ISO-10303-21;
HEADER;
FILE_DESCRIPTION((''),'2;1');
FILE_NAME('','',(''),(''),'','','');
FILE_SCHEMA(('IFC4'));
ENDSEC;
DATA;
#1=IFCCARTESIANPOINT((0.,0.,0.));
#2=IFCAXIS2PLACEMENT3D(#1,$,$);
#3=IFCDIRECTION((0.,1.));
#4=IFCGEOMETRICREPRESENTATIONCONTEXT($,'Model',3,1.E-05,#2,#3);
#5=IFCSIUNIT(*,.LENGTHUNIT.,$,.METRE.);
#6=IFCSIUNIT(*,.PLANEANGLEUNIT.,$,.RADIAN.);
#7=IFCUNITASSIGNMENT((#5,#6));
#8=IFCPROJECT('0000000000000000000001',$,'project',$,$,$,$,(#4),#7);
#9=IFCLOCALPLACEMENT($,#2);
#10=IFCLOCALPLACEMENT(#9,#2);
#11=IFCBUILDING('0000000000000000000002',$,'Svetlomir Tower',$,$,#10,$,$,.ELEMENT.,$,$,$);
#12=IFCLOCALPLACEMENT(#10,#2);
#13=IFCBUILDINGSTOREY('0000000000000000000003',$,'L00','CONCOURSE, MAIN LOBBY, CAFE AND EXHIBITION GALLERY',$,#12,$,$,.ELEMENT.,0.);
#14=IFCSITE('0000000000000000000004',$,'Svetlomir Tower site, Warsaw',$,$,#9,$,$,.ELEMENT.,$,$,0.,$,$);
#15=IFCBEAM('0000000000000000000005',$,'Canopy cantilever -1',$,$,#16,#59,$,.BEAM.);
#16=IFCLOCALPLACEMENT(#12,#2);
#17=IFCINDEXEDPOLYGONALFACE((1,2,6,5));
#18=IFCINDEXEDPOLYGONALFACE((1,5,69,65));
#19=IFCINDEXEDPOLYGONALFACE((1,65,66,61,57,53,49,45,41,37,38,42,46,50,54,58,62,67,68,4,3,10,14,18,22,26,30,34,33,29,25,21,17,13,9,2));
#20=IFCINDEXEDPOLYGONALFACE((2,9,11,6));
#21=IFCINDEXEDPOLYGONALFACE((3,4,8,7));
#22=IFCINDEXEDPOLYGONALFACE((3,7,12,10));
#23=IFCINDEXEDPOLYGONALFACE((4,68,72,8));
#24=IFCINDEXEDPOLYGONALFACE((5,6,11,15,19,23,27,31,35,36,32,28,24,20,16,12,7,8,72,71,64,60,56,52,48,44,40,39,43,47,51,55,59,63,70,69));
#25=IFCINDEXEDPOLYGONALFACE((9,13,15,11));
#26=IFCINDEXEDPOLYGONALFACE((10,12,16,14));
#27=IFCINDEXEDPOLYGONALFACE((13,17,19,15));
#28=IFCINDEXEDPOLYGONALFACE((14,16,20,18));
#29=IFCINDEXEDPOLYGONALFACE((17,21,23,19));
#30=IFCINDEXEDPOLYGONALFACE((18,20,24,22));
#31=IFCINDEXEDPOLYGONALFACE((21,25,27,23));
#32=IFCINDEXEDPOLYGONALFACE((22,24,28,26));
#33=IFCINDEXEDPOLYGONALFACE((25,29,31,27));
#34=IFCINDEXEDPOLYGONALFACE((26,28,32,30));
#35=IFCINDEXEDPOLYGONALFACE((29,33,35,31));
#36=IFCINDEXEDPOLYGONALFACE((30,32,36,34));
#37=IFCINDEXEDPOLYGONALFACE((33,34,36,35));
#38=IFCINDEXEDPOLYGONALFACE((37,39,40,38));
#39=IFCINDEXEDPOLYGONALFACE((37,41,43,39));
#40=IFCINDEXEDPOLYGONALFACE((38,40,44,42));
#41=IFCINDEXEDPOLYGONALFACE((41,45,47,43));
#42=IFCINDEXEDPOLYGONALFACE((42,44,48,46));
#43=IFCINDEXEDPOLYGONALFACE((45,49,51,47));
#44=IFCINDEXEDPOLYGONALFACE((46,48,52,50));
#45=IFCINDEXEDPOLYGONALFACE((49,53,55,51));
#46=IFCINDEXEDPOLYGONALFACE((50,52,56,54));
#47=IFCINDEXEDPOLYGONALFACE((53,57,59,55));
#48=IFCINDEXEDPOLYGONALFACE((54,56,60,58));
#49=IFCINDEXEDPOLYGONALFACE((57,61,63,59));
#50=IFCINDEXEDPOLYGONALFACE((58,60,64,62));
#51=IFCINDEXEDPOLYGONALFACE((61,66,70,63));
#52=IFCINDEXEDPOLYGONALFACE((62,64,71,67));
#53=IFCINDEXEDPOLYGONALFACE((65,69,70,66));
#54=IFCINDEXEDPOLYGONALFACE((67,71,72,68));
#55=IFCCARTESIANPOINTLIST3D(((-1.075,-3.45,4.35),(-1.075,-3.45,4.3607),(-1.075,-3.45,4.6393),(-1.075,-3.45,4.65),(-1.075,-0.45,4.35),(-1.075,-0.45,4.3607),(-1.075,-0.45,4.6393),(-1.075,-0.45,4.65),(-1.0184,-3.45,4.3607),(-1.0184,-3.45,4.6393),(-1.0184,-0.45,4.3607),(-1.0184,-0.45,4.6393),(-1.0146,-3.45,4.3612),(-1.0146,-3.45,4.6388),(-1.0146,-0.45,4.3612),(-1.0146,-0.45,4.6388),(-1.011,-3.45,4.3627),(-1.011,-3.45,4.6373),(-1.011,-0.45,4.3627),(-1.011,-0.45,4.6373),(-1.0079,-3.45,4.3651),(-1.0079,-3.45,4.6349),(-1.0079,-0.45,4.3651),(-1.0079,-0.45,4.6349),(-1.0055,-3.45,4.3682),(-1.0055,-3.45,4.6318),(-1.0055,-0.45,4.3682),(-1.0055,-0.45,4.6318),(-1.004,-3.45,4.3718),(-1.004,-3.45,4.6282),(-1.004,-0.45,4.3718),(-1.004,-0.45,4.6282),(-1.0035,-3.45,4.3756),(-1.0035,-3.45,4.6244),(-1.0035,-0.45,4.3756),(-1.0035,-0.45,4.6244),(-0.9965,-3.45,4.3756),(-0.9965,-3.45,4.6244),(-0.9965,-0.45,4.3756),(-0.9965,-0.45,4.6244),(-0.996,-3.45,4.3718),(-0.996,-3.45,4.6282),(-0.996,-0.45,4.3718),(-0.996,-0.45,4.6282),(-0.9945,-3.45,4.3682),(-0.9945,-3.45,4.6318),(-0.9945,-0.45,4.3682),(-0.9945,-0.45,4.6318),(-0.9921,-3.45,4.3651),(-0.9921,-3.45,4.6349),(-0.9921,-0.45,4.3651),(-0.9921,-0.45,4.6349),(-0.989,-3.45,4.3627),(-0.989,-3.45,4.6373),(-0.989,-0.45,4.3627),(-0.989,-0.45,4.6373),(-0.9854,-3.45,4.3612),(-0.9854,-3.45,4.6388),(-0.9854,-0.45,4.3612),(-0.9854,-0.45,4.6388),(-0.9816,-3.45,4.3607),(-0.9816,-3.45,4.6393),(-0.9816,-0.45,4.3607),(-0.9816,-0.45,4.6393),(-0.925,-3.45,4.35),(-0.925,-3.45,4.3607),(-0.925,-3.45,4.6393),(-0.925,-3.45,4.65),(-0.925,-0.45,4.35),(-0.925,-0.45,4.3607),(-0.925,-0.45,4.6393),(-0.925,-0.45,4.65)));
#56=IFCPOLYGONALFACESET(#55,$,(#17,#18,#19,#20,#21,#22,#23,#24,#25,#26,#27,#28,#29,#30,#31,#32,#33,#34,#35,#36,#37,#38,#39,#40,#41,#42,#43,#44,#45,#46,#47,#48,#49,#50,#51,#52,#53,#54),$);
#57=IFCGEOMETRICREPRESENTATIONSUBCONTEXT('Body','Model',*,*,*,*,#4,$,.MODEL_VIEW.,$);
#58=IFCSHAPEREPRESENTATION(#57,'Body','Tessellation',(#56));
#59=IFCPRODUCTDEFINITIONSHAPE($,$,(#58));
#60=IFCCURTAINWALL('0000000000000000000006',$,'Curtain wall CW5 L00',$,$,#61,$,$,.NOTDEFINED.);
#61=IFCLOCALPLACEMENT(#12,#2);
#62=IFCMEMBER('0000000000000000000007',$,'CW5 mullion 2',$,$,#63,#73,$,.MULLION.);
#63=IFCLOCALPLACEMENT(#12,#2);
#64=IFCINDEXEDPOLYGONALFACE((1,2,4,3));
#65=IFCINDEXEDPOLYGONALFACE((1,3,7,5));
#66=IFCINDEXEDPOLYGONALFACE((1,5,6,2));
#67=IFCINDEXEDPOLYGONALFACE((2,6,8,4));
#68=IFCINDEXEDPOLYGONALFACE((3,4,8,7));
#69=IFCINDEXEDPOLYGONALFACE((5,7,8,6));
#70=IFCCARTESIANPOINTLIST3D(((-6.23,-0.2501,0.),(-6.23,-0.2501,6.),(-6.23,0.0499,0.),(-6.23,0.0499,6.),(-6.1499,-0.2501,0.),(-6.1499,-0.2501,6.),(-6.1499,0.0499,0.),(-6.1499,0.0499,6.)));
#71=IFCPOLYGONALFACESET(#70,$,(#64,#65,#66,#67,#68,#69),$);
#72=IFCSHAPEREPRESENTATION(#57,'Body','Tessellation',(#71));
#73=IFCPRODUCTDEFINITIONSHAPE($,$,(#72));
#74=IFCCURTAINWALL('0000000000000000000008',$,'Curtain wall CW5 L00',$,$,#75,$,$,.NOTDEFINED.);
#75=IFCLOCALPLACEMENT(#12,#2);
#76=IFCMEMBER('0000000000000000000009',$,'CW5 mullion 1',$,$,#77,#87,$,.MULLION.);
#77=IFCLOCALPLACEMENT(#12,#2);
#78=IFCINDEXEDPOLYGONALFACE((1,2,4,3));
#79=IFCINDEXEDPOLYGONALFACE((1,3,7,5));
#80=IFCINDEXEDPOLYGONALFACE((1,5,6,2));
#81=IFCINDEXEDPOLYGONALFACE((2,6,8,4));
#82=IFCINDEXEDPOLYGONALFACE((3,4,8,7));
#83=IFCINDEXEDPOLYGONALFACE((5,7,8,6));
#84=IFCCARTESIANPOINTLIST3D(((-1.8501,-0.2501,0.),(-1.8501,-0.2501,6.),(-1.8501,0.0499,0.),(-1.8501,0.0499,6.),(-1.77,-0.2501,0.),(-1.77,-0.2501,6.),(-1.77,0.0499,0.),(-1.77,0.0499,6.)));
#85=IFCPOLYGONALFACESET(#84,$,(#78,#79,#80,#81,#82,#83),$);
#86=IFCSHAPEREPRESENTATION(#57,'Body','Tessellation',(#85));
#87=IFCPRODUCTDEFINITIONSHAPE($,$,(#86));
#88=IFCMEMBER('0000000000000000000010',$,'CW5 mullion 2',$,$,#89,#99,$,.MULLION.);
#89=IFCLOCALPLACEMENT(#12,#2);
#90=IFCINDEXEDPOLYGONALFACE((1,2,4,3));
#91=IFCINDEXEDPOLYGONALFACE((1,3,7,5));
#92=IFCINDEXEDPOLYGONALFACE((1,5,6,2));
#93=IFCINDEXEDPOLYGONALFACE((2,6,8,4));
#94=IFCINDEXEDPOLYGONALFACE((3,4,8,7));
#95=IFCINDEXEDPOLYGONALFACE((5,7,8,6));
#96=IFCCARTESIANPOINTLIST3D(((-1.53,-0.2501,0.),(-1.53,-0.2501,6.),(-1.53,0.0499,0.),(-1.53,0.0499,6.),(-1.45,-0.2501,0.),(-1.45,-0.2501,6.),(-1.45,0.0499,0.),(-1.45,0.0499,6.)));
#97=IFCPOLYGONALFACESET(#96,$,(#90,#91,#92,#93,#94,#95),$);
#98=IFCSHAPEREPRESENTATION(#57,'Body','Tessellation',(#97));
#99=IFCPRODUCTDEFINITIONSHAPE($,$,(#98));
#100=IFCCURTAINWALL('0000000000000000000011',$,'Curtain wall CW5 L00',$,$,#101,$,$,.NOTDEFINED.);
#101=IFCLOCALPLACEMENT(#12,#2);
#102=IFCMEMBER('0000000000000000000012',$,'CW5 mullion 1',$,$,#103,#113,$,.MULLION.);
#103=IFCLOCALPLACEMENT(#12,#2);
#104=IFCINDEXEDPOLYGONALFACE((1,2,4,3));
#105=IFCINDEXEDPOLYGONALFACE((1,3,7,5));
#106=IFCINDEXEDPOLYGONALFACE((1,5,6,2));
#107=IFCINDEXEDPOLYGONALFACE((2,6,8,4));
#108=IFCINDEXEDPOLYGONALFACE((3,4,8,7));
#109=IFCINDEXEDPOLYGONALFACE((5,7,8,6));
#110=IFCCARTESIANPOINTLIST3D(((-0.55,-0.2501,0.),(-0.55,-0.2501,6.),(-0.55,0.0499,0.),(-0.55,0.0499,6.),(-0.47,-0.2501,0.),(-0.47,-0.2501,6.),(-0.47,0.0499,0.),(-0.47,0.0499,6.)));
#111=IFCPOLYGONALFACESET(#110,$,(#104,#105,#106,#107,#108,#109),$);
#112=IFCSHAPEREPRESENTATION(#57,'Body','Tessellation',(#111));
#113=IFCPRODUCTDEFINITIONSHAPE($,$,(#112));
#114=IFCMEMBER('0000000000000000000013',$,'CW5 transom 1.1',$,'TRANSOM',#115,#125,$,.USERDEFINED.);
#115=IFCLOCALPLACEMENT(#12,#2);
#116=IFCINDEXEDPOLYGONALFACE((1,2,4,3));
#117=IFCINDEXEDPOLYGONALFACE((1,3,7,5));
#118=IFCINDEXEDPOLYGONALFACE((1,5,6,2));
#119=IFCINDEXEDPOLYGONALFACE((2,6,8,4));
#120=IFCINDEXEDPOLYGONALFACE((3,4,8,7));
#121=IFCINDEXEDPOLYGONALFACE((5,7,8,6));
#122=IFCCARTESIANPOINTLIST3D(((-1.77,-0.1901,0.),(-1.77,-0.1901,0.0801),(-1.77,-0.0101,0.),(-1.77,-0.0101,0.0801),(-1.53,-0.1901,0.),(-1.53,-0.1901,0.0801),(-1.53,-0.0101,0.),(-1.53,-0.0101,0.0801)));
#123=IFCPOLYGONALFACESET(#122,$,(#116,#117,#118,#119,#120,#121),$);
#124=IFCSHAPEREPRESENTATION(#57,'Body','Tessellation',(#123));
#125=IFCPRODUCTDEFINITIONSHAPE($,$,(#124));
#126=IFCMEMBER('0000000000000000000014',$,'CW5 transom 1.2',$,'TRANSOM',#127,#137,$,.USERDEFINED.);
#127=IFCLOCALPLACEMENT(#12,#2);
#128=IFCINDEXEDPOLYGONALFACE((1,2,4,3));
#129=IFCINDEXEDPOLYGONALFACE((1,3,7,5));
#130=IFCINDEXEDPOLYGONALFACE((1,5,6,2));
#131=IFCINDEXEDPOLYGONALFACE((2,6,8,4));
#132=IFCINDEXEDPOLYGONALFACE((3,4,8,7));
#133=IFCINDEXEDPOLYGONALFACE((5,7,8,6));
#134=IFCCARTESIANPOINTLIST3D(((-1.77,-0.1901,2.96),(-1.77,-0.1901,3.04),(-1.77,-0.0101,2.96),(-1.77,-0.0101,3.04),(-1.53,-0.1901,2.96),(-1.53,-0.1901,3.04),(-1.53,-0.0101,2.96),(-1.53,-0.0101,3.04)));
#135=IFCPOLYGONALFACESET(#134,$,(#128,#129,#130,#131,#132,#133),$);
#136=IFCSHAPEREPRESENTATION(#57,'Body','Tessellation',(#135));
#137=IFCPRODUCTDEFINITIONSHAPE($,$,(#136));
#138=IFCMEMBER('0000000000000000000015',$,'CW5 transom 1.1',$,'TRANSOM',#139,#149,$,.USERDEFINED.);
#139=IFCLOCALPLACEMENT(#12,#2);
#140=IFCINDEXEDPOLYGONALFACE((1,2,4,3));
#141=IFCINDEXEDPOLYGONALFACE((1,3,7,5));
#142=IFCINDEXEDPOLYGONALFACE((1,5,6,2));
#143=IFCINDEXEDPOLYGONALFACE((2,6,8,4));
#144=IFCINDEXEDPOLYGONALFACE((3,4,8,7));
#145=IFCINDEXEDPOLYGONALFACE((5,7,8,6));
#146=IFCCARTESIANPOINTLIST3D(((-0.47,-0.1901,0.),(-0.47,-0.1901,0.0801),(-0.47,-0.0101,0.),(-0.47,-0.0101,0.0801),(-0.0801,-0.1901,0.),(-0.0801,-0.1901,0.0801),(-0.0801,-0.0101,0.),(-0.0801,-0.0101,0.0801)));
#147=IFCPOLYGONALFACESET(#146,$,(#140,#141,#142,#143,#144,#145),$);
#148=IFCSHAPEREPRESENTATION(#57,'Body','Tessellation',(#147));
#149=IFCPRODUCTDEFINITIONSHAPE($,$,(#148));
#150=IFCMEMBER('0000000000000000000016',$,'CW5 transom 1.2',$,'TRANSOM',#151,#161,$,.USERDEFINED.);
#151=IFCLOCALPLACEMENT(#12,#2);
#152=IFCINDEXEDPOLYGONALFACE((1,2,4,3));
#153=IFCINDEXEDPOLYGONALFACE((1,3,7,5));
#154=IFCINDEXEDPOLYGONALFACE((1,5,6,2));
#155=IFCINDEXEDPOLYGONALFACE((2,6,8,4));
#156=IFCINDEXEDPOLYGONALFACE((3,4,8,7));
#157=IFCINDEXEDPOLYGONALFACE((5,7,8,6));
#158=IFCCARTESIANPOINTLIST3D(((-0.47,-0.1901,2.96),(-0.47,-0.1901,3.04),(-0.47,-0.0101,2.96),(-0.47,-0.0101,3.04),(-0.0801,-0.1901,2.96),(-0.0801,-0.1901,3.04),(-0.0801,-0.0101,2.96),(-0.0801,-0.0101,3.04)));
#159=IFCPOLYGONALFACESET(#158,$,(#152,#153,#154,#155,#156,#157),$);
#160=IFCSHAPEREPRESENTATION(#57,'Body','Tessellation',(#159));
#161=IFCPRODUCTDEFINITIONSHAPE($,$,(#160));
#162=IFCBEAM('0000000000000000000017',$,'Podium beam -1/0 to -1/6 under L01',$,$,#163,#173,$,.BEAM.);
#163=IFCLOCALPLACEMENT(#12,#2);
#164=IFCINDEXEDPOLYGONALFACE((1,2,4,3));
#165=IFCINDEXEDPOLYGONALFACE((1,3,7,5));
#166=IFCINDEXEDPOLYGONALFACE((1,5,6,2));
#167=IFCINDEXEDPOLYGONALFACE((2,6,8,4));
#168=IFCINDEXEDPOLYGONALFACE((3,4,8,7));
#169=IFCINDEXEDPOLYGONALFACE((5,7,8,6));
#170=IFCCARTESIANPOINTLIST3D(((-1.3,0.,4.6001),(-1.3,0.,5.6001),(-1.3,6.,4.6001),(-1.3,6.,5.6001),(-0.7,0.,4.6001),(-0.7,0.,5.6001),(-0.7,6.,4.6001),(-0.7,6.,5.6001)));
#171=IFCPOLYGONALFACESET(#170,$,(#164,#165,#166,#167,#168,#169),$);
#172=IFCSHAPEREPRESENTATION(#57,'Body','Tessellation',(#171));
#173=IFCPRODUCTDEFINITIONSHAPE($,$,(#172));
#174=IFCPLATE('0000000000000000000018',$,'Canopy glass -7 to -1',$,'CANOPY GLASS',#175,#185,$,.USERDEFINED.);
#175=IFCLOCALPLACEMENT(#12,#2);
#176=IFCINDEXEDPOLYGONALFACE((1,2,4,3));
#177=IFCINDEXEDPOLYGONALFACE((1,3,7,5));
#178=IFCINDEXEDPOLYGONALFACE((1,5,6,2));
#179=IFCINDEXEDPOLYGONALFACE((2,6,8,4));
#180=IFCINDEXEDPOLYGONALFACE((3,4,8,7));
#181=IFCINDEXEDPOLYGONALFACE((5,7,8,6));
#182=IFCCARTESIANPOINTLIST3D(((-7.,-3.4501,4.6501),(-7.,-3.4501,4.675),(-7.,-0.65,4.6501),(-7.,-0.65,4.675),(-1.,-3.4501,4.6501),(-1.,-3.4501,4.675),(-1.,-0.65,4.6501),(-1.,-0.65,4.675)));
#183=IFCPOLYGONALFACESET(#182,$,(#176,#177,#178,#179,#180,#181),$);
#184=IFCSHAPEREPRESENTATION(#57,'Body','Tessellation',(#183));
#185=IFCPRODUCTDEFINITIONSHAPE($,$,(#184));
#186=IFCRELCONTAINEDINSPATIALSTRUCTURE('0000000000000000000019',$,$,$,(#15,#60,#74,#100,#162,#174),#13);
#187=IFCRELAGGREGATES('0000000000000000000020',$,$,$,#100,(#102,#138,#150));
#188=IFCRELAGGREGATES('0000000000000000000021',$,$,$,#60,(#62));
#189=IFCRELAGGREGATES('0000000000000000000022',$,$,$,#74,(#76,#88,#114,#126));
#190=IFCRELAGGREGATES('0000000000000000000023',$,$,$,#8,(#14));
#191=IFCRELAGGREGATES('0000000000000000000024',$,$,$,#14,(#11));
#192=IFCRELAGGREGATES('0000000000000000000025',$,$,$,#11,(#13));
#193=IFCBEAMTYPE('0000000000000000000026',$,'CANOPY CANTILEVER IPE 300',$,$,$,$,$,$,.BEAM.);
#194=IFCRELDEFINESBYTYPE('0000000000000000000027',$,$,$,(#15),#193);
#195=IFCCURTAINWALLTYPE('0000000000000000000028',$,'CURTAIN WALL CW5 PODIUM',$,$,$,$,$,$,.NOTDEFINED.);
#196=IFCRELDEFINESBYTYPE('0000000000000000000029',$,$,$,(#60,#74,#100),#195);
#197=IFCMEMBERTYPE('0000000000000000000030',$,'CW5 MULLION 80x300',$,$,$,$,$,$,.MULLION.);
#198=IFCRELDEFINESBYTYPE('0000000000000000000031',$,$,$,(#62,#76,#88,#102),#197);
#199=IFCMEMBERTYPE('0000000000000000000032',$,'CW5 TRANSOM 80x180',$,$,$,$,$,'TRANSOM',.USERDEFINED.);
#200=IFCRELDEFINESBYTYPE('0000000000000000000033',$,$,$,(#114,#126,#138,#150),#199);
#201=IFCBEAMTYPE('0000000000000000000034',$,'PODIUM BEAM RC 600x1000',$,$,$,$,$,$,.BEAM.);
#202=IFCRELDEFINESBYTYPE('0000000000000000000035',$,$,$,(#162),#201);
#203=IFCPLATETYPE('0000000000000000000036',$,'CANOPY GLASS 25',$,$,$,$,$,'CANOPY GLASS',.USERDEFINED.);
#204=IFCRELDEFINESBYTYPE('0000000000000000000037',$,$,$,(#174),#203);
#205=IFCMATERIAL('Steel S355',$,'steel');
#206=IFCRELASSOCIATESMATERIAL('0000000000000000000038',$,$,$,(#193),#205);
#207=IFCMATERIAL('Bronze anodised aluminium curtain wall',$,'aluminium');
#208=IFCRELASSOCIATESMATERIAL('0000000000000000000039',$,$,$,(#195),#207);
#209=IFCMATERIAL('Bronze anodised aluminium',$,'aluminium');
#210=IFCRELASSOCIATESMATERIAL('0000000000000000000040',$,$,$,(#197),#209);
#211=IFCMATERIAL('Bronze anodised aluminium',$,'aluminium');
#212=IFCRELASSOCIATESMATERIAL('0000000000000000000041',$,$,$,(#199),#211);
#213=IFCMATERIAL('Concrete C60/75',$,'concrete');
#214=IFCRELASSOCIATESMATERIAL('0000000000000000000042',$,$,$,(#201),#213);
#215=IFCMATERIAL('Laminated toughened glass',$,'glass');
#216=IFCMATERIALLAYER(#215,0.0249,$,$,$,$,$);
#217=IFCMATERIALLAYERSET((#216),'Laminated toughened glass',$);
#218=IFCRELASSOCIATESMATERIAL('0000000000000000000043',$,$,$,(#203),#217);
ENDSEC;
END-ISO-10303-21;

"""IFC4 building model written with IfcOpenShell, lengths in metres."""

from ifc_helpers import new_model, si_unit, direction, frame, origin, origin_2d, place, context, subcontext, project, spatial, rectangle, i_section, extrude, material, layer, layer_set, material_profile, profile_set, type_object, element, aggregate, save


model = new_model("IFC4")

# Units and contexts
model_context = context("Model", 3, precision=1e-05, world=origin(), true_north=direction((0.0, 1.0)))
body_context = subcontext(model_context, "Body", "Model", "MODEL_VIEW")
ifc_project = project(units=[si_unit("LENGTHUNIT", "METRE"), si_unit("PLANEANGLEUNIT", "RADIAN")], contexts=[model_context])

# Site, building, storey
site_placement = place(None, origin())
site = spatial("IfcSite", under=ifc_project, at=site_placement, Name="Svetlomir Tower site, Warsaw", CompositionType="ELEMENT", RefElevation=0.0)
building_placement = place(site_placement, origin())
building = spatial("IfcBuilding", under=site, at=building_placement, Name="Svetlomir Tower", CompositionType="ELEMENT")
storey_placement = place(building_placement, origin())
storey = spatial("IfcBuildingStorey", under=building, at=storey_placement, Name="L00", Description="CONCOURSE, MAIN LOBBY, CAFE AND EXHIBITION GALLERY", CompositionType="ELEMENT", Elevation=0.0)

# Beam
ifc_material_1 = material(Name="Steel S355", Category="steel")
ifc_material_profile_1 = material_profile(ifc_material_1, i_section(OverallWidth=0.1499, OverallDepth=0.3, WebThickness=0.0071, FlangeThickness=0.0107, FilletRadius=0.0149, at=origin_2d()), Name="IPE 300")
ifc_profile_set_1 = profile_set([ifc_material_profile_1], Name="Steel S355")
beam_type_1 = type_object("IfcBeamType", Name="CANOPY CANTILEVER IPE 300", PredefinedType="BEAM", material=ifc_profile_set_1)
beam_1_placement = place(storey_placement, frame((-1.0, -0.45, 4.5), z_axis=(0.0, -1.0, 0.0), x_axis=(1.0, 0.0, 0.0)))
element("IfcBeam", 1, at=beam_1_placement, inside=storey, type_object=beam_type_1, Name="Canopy cantilever -1", PredefinedType="BEAM", context=body_context, shape_type="SweptSolid", body=[
    extrude(i_section(OverallWidth=0.1499, OverallDepth=0.3, WebThickness=0.0071, FlangeThickness=0.0107, FilletRadius=0.0149, at=origin_2d()), origin(), (0.0, 0.0, 1.0), 3.0),
])

# Curtain wall, member
ifc_material_2 = material(Name="Bronze anodised aluminium curtain wall", Category="aluminium")
curtain_wall_type = type_object("IfcCurtainWallType", Name="CURTAIN WALL CW5 PODIUM", PredefinedType="NOTDEFINED", material=ifc_material_2)
curtain_wall_1_placement = place(storey_placement, origin())
curtain_wall_1 = element("IfcCurtainWall", 2, at=curtain_wall_1_placement, inside=storey, type_object=curtain_wall_type, Name="Curtain wall CW5 L00", PredefinedType="NOTDEFINED")
ifc_material_3 = material(Name="Bronze anodised aluminium", Category="aluminium")
ifc_material_profile_2 = material_profile(ifc_material_3, rectangle(XDim=0.0801, YDim=0.3, at=origin_2d()), Name="AL 80x300")
ifc_profile_set_2 = profile_set([ifc_material_profile_2], Name="Bronze anodised aluminium 6063-T6")
member_type_1 = type_object("IfcMemberType", Name="CW5 MULLION 80x300", PredefinedType="MULLION", material=ifc_profile_set_2)
member_1_placement = place(storey_placement, frame((-6.1899, -0.1001, 0.0), z_axis=(0.0, 0.0, 1.0), x_axis=(1.0, 0.0, 0.0)))
member_1 = element("IfcMember", 3, at=member_1_placement, type_object=member_type_1, Name="CW5 mullion 2", PredefinedType="MULLION", context=body_context, shape_type="SweptSolid", body=[
    extrude(rectangle(XDim=0.0801, YDim=0.3, at=origin_2d()), origin(), (0.0, 0.0, 1.0), 6.0),
])

# Curtain wall, members
curtain_wall_2_placement = place(storey_placement, origin())
curtain_wall_2 = element("IfcCurtainWall", 4, at=curtain_wall_2_placement, inside=storey, type_object=curtain_wall_type, Name="Curtain wall CW5 L00", PredefinedType="NOTDEFINED")
member_2_placement = place(storey_placement, frame((-1.8101, -0.1001, 0.0), z_axis=(0.0, 0.0, 1.0), x_axis=(1.0, 0.0, 0.0)))
member_2 = element("IfcMember", 5, at=member_2_placement, type_object=member_type_1, Name="CW5 mullion 1", PredefinedType="MULLION", context=body_context, shape_type="SweptSolid", body=[
    extrude(rectangle(XDim=0.0801, YDim=0.3, at=origin_2d()), origin(), (0.0, 0.0, 1.0), 6.0),
])
member_3_placement = place(storey_placement, frame((-1.49, -0.1001, 0.0), z_axis=(0.0, 0.0, 1.0), x_axis=(1.0, 0.0, 0.0)))
member_3 = element("IfcMember", 6, at=member_3_placement, type_object=member_type_1, Name="CW5 mullion 2", PredefinedType="MULLION", context=body_context, shape_type="SweptSolid", body=[
    extrude(rectangle(XDim=0.0801, YDim=0.3, at=origin_2d()), origin(), (0.0, 0.0, 1.0), 6.0),
])

# Curtain wall, member
curtain_wall_3_placement = place(storey_placement, origin())
curtain_wall_3 = element("IfcCurtainWall", 7, at=curtain_wall_3_placement, inside=storey, type_object=curtain_wall_type, Name="Curtain wall CW5 L00", PredefinedType="NOTDEFINED")
member_4_placement = place(storey_placement, frame((-0.51, -0.1001, 0.0), z_axis=(0.0, 0.0, 1.0), x_axis=(1.0, 0.0, 0.0)))
member_4 = element("IfcMember", 8, at=member_4_placement, type_object=member_type_1, Name="CW5 mullion 1", PredefinedType="MULLION", context=body_context, shape_type="SweptSolid", body=[
    extrude(rectangle(XDim=0.0801, YDim=0.3, at=origin_2d()), origin(), (0.0, 0.0, 1.0), 6.0),
])

# Members
ifc_material_4 = material(Name="Bronze anodised aluminium", Category="aluminium")
ifc_material_profile_3 = material_profile(ifc_material_4, rectangle(XDim=0.1799, YDim=0.0801, at=origin_2d()), Name="AL 180x80")
ifc_profile_set_3 = profile_set([ifc_material_profile_3], Name="Bronze anodised aluminium 6063-T6")
member_type_2 = type_object("IfcMemberType", Name="CW5 TRANSOM 80x180", ElementType="TRANSOM", PredefinedType="USERDEFINED", material=ifc_profile_set_3)
member_5_placement = place(storey_placement, frame((-1.77, -0.1001, 0.04), z_axis=(1.0, 0.0, 0.0), x_axis=(0.0, 1.0, 0.0)))
member_5 = element("IfcMember", 9, at=member_5_placement, type_object=member_type_2, Name="CW5 transom 1.1", ObjectType="TRANSOM", PredefinedType="USERDEFINED", context=body_context, shape_type="SweptSolid", body=[
    extrude(rectangle(XDim=0.1799, YDim=0.0801, at=origin_2d()), origin(), (0.0, 0.0, 1.0), 0.24),
])
member_6_placement = place(storey_placement, frame((-1.77, -0.1001, 3.0), z_axis=(1.0, 0.0, 0.0), x_axis=(0.0, 1.0, 0.0)))
member_6 = element("IfcMember", 10, at=member_6_placement, type_object=member_type_2, Name="CW5 transom 1.2", ObjectType="TRANSOM", PredefinedType="USERDEFINED", context=body_context, shape_type="SweptSolid", body=[
    extrude(rectangle(XDim=0.1799, YDim=0.0801, at=origin_2d()), origin(), (0.0, 0.0, 1.0), 0.24),
])
member_7_placement = place(storey_placement, frame((-0.47, -0.1001, 0.04), z_axis=(1.0, 0.0, 0.0), x_axis=(0.0, 1.0, 0.0)))
member_7 = element("IfcMember", 11, at=member_7_placement, type_object=member_type_2, Name="CW5 transom 1.1", ObjectType="TRANSOM", PredefinedType="USERDEFINED", context=body_context, shape_type="SweptSolid", body=[
    extrude(rectangle(XDim=0.1799, YDim=0.0801, at=origin_2d()), origin(), (0.0, 0.0, 1.0), 0.3899),
])
member_8_placement = place(storey_placement, frame((-0.47, -0.1001, 3.0), z_axis=(1.0, 0.0, 0.0), x_axis=(0.0, 1.0, 0.0)))
member_8 = element("IfcMember", 12, at=member_8_placement, type_object=member_type_2, Name="CW5 transom 1.2", ObjectType="TRANSOM", PredefinedType="USERDEFINED", context=body_context, shape_type="SweptSolid", body=[
    extrude(rectangle(XDim=0.1799, YDim=0.0801, at=origin_2d()), origin(), (0.0, 0.0, 1.0), 0.3899),
])
aggregate(curtain_wall_3, [member_4, member_7, member_8])

# Beam
ifc_material_5 = material(Name="Concrete C60/75", Category="concrete")
ifc_material_profile_4 = material_profile(ifc_material_5, rectangle(XDim=0.6001, YDim=1.0, at=origin_2d()), Name="RC 600x1000")
ifc_profile_set_4 = profile_set([ifc_material_profile_4], Name="Concrete C60/75")
beam_type_2 = type_object("IfcBeamType", Name="PODIUM BEAM RC 600x1000", PredefinedType="BEAM", material=ifc_profile_set_4)
beam_2_placement = place(storey_placement, frame((-1.0, 0.0, 5.1001), z_axis=(0.0, 1.0, 0.0), x_axis=(-1.0, 0.0, 0.0)))
element("IfcBeam", 13, at=beam_2_placement, inside=storey, type_object=beam_type_2, Name="Podium beam -1/0 to -1/6 under L01", PredefinedType="BEAM", context=body_context, shape_type="SweptSolid", body=[
    extrude(rectangle(XDim=0.6001, YDim=1.0, at=origin_2d()), origin(), (0.0, 0.0, 1.0), 6.0),
])

# Plate
ifc_material_6 = material(Name="Laminated toughened glass", Category="glass")
ifc_layer_1 = layer(ifc_material_6, 0.0249)
ifc_layer_set_1 = layer_set([ifc_layer_1], Name="Laminated toughened glass")
plate_type_1 = type_object("IfcPlateType", Name="CANOPY GLASS 25", ElementType="CANOPY GLASS", PredefinedType="USERDEFINED", material=ifc_layer_set_1)
plate_1_placement = place(storey_placement, frame((-4.0, -2.05, 4.6501), z_axis=(0.0, 0.0, 1.0), x_axis=(1.0, 0.0, 0.0)))
element("IfcPlate", 14, at=plate_1_placement, inside=storey, type_object=plate_type_1, Name="Canopy glass -7 to -1", ObjectType="CANOPY GLASS", PredefinedType="USERDEFINED", context=body_context, shape_type="SweptSolid", body=[
    extrude(rectangle(XDim=6.0, YDim=2.8, at=origin_2d()), origin(), (0.0, 0.0, 1.0), 0.0249),
])

aggregate(curtain_wall_1, [member_1])
aggregate(curtain_wall_2, [member_2, member_3, member_5, member_6])

save(model, "model.ifc")
